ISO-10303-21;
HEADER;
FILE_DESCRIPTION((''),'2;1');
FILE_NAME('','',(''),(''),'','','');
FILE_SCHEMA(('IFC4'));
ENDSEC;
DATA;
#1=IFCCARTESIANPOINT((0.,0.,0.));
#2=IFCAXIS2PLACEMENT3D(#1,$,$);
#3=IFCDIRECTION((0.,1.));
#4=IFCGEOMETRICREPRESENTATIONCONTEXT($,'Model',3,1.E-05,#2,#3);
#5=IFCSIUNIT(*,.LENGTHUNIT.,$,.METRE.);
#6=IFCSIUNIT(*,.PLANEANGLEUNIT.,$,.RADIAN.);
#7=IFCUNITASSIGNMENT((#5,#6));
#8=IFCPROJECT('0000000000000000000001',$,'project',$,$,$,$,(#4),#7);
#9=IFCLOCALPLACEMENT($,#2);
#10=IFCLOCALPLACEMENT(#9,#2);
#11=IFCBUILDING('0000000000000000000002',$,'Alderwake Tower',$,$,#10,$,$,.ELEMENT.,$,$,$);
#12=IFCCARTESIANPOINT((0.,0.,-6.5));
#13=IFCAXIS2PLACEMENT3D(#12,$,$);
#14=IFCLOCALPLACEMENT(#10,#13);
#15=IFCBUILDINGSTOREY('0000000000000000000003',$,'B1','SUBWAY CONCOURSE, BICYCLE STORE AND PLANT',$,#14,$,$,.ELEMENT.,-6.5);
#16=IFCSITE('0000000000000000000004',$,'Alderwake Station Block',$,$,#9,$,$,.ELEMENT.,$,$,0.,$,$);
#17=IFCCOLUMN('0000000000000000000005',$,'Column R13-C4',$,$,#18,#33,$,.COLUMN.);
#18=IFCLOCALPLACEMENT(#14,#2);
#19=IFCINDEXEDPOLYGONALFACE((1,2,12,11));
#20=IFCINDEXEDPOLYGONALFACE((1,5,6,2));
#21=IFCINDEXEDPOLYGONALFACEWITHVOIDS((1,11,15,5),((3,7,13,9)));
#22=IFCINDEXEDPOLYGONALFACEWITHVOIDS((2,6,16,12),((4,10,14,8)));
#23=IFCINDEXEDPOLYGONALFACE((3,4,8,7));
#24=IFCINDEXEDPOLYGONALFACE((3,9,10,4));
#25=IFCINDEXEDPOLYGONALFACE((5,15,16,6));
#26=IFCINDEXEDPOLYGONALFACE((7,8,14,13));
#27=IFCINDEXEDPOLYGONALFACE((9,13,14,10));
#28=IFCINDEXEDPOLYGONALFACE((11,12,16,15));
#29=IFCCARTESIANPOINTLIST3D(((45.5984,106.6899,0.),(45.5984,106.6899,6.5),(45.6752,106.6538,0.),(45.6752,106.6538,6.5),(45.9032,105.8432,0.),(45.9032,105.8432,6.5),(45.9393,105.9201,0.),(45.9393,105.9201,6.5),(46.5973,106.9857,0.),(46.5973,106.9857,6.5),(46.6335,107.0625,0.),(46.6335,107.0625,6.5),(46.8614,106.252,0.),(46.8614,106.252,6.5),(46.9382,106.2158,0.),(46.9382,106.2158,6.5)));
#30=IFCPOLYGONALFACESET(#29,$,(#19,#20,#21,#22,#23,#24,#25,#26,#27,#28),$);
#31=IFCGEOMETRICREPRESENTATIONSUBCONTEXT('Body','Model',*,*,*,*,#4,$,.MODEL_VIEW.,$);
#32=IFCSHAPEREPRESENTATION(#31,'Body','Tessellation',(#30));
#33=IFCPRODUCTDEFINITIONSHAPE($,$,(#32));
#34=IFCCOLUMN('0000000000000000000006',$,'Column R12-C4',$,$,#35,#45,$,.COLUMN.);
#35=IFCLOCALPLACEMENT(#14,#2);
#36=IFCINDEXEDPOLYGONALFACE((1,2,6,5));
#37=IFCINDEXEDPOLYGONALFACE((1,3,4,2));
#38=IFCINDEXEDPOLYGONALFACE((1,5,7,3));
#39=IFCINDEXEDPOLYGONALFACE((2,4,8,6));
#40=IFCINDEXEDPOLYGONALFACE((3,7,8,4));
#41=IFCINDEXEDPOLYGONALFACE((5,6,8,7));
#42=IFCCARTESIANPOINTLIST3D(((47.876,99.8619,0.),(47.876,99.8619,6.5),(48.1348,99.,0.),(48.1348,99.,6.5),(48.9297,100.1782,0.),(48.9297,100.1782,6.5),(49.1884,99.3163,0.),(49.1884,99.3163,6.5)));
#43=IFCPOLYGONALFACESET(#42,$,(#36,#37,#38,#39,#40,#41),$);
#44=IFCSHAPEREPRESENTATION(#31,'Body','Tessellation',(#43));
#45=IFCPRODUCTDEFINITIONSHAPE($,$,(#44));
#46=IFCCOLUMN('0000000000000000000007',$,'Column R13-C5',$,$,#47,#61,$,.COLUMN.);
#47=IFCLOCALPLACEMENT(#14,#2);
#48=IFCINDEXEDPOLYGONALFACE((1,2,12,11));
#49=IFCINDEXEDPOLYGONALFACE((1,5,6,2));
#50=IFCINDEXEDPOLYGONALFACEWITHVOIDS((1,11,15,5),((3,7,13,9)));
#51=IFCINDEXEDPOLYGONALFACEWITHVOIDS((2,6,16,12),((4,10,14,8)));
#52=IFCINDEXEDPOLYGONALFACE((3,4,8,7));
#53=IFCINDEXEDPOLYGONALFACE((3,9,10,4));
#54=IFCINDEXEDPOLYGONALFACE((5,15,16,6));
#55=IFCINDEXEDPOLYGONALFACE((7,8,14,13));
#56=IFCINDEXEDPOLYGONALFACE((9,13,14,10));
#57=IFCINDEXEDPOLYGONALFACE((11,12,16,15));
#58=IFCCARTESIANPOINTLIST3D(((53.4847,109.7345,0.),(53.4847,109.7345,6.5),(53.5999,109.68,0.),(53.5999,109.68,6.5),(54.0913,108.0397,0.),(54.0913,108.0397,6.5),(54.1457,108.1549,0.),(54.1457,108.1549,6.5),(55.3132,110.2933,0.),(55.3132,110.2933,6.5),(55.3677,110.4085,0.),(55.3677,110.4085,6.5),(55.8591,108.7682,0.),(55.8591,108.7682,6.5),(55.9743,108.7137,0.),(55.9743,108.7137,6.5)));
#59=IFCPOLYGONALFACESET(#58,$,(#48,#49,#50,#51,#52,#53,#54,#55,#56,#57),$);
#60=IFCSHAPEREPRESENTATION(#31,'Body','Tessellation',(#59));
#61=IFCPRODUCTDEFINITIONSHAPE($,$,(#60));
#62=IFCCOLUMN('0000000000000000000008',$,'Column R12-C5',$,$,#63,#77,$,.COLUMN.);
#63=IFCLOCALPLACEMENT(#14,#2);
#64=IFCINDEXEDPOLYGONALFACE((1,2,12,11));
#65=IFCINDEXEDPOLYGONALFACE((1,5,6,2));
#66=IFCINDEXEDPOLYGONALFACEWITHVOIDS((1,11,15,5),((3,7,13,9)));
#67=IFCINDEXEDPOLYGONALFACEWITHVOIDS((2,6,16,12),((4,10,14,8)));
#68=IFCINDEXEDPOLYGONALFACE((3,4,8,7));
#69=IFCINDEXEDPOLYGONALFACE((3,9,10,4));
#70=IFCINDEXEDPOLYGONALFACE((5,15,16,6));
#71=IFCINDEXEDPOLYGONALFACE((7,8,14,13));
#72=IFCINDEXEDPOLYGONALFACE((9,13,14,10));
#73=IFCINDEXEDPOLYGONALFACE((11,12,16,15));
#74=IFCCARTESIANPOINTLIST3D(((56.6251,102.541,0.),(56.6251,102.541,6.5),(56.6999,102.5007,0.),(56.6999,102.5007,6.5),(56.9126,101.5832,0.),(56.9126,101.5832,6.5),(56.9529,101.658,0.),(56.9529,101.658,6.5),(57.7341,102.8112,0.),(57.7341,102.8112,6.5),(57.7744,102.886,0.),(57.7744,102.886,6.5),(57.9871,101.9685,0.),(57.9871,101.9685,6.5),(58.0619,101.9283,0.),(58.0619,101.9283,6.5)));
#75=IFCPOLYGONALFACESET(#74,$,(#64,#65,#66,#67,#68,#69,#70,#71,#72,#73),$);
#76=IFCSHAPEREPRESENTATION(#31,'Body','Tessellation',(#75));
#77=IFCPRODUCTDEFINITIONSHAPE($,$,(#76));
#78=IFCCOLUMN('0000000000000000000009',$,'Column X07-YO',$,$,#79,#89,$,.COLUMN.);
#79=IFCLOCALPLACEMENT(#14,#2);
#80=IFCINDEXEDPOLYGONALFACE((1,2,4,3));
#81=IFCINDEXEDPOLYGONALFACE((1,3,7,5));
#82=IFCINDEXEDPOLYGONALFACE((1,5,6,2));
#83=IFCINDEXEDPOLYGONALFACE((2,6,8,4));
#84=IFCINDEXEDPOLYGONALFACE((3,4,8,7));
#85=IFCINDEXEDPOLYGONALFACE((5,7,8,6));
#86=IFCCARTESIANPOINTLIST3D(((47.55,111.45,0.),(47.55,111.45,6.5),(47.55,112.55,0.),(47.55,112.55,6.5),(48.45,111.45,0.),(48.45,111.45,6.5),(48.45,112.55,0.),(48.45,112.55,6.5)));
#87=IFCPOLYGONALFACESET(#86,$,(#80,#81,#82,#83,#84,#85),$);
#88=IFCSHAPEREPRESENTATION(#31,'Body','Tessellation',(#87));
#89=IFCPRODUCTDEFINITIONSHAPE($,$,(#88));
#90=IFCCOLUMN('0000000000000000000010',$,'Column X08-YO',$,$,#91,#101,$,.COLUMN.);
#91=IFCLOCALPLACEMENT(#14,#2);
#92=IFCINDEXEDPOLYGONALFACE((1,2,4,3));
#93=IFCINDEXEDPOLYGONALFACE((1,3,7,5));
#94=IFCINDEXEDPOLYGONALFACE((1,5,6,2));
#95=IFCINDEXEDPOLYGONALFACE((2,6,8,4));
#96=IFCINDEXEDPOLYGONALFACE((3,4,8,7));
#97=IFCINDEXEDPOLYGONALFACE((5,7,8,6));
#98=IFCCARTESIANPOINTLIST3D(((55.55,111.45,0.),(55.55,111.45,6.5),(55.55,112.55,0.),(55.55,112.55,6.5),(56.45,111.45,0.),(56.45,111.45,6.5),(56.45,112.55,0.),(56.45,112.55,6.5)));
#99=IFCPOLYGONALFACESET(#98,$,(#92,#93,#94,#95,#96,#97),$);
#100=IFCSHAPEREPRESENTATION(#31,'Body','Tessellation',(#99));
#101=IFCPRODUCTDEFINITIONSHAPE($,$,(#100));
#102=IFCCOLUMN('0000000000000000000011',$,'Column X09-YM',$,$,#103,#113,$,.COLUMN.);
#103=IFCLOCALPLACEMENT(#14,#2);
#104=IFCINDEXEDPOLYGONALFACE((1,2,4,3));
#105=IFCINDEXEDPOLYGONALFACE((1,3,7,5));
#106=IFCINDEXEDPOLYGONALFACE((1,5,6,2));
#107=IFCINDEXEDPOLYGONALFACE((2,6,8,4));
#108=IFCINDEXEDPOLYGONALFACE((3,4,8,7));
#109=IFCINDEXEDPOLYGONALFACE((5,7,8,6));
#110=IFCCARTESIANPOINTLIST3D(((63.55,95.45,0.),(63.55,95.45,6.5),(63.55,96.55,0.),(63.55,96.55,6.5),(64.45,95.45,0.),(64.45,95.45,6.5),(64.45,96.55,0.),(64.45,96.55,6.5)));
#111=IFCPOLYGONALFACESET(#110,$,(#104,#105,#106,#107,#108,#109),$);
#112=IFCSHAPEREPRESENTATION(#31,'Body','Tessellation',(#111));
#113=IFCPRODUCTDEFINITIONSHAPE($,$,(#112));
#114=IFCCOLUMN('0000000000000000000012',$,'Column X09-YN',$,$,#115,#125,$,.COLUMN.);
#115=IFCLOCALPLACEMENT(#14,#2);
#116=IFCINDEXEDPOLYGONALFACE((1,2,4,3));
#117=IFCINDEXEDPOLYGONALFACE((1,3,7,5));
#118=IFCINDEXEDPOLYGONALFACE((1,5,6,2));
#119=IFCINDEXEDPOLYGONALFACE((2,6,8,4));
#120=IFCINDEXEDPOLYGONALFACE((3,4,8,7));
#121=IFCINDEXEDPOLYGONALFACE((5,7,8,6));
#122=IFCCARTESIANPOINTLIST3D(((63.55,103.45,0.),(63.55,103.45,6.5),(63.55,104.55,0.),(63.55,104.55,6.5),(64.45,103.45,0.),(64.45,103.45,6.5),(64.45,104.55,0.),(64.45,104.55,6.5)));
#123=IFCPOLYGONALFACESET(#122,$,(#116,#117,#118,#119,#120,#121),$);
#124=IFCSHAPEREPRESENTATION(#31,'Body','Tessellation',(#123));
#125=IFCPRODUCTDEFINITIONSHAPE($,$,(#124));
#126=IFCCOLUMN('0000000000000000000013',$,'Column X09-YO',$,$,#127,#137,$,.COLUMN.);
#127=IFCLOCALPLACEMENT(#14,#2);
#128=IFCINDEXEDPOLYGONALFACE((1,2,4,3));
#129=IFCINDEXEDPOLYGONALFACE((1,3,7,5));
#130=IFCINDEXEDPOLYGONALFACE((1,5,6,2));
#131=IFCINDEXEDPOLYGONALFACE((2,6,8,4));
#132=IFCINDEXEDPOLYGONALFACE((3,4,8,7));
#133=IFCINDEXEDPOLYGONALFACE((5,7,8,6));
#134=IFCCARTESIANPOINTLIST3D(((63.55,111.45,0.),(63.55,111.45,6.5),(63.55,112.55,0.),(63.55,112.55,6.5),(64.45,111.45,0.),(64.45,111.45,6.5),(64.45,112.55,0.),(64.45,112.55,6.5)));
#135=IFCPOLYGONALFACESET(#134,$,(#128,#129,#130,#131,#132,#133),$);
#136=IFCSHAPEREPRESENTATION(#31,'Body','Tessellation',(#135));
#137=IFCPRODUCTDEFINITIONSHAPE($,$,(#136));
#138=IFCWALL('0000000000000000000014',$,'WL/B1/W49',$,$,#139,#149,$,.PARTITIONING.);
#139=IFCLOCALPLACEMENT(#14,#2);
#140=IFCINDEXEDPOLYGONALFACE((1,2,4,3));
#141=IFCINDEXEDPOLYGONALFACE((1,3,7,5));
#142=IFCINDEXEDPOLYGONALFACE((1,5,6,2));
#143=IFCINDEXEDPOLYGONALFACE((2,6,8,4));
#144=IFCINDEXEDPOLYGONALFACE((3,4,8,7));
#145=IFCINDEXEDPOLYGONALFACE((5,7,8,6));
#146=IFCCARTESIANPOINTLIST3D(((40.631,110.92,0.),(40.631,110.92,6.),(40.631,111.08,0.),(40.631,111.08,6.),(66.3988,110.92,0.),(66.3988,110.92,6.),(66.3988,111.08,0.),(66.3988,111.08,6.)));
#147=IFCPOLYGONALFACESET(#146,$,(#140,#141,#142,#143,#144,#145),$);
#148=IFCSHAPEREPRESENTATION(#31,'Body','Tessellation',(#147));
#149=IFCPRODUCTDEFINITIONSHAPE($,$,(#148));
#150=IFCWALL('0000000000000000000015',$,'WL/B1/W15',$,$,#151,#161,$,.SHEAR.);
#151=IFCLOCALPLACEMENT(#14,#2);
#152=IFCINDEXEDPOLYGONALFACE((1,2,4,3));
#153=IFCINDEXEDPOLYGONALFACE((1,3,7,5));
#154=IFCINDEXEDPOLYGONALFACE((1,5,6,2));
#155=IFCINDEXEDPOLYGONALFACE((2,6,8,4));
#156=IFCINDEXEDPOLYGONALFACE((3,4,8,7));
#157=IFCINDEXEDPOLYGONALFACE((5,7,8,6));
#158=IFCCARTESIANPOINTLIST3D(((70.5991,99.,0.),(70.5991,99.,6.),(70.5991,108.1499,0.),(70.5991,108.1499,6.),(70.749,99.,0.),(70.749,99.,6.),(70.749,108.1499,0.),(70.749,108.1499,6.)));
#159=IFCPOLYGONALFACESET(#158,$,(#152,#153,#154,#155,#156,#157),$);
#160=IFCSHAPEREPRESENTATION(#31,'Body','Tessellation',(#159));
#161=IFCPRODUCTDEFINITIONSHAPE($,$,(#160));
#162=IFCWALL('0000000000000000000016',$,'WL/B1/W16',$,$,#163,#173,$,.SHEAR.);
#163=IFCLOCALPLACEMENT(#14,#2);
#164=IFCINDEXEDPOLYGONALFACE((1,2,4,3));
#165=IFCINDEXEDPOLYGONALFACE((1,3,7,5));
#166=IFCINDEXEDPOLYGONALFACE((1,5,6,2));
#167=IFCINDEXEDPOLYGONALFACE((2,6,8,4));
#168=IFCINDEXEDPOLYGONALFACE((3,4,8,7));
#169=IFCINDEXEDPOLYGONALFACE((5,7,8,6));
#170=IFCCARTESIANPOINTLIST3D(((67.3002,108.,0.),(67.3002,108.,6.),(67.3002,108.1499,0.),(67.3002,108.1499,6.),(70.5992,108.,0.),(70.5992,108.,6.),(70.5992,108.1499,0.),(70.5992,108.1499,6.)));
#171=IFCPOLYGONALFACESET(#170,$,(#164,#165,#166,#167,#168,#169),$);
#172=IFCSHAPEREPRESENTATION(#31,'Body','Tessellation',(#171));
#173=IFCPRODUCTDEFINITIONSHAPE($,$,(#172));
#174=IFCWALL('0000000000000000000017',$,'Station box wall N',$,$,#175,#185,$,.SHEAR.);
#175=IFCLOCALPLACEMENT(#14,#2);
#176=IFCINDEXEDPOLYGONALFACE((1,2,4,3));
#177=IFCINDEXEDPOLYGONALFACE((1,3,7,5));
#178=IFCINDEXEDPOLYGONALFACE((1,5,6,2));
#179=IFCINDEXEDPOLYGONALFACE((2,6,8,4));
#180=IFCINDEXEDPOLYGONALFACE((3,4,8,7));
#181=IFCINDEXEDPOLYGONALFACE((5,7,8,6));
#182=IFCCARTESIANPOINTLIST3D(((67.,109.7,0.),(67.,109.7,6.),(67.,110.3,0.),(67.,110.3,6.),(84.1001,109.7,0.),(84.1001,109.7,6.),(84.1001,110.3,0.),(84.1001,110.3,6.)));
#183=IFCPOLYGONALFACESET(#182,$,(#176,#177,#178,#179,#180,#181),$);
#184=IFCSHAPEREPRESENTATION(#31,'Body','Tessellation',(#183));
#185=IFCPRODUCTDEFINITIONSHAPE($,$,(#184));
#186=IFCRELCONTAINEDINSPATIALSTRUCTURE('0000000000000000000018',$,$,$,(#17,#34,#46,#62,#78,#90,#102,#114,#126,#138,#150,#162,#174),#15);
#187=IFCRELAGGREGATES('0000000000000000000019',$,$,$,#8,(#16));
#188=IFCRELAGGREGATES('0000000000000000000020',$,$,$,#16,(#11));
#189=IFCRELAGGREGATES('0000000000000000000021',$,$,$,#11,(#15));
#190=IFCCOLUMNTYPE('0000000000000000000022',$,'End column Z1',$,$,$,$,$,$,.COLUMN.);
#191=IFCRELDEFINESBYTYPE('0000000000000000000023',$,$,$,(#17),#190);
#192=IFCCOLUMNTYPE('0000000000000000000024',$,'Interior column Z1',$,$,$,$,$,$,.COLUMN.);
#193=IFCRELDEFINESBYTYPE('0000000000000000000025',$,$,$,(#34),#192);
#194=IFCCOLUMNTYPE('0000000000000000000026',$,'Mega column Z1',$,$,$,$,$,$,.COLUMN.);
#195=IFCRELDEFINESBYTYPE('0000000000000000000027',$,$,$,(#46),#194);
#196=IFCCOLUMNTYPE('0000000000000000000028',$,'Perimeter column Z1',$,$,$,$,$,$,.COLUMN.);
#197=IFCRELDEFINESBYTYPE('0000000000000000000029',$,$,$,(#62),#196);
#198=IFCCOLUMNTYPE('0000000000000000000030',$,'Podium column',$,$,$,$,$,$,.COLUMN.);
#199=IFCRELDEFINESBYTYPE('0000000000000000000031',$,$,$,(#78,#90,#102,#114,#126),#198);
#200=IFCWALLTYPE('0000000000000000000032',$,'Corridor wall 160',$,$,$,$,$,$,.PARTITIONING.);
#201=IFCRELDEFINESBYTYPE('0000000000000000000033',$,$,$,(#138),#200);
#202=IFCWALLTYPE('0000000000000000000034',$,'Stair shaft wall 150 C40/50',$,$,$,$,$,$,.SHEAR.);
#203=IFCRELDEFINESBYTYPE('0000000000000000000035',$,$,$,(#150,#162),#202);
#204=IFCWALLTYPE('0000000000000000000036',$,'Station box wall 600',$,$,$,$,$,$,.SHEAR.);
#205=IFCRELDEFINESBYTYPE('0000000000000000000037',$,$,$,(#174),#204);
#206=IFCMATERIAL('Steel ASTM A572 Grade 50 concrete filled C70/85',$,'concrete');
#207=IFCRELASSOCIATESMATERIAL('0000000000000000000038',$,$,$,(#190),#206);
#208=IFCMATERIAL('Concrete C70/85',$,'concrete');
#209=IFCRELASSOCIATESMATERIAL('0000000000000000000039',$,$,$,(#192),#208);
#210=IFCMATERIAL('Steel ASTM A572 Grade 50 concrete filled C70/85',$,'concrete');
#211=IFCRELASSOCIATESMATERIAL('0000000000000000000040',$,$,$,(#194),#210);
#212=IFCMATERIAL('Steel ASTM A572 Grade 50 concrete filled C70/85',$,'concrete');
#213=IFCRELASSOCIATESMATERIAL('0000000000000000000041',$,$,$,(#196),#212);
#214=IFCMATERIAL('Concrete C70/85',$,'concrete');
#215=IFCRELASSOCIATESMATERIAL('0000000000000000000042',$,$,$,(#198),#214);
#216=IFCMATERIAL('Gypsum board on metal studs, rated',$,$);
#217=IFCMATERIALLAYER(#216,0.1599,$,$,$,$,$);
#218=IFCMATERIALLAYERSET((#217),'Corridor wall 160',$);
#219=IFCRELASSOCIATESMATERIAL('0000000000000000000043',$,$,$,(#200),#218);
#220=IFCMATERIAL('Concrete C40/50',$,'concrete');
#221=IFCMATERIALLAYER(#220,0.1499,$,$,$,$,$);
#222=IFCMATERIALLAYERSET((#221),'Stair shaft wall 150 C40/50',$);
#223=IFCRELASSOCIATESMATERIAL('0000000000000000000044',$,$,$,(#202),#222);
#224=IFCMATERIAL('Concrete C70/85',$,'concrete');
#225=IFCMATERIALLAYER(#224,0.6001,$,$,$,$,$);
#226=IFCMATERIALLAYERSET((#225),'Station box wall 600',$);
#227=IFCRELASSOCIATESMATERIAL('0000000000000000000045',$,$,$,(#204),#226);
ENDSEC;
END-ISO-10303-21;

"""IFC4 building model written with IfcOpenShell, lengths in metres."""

from ifc_helpers import new_model, si_unit, direction, frame, frame_2d, origin, origin_2d, place, context, subcontext, project, spatial, rectangle, hollow_rectangle, extrude, material, layer, layer_set, material_profile, profile_set, type_object, element, save


model = new_model("IFC4")

# Units and contexts
model_context = context("Model", 3, precision=1e-05, world=origin(), true_north=direction((0.0, 1.0)))
body_context = subcontext(model_context, "Body", "Model", "MODEL_VIEW")
ifc_project = project(units=[si_unit("LENGTHUNIT", "METRE"), si_unit("PLANEANGLEUNIT", "RADIAN")], contexts=[model_context])

# Site, building, storey
site_placement = place(None, origin())
site = spatial("IfcSite", under=ifc_project, at=site_placement, Name="Alderwake Station Block", CompositionType="ELEMENT", RefElevation=0.0)
building_placement = place(site_placement, origin())
building = spatial("IfcBuilding", under=site, at=building_placement, Name="Alderwake Tower", CompositionType="ELEMENT")
storey_placement = place(building_placement, frame((0.0, 0.0, -6.5)))
storey = spatial("IfcBuildingStorey", under=building, at=storey_placement, Name="B1", Description="SUBWAY CONCOURSE, BICYCLE STORE AND PLANT", CompositionType="ELEMENT", Elevation=-6.5)

# Columns
ifc_material_1 = material(Name="Steel ASTM A572 Grade 50 concrete filled C70/85", Category="concrete")
ifc_material_profile_1 = material_profile(ifc_material_1, hollow_rectangle(XDim=0.8999, YDim=1.1001, WallThickness=0.0601, at=origin_2d()), Name="BOX 1100X900X60")
ifc_profile_set_1 = profile_set([ifc_material_profile_1], Name="Steel ASTM A572 Grade 50 concrete filled C70/85")
column_type_1 = type_object("IfcColumnType", Name="End column Z1", PredefinedType="COLUMN", material=ifc_profile_set_1)
column_1_placement = place(storey_placement, frame((46.2683, 106.4529, 0.0), z_axis=(0.0, 0.0, 1.0), x_axis=(-0.338695, 0.940896, 0.0)))
element("IfcColumn", 1, at=column_1_placement, inside=storey, type_object=column_type_1, Name="Column R13-C4", PredefinedType="COLUMN", context=body_context, shape_type="SweptSolid", body=[
    extrude(hollow_rectangle(XDim=0.8999, YDim=1.1001, WallThickness=0.0601, at=origin_2d()), origin(), (0.0, 0.0, 1.0), 6.5),
])
ifc_material_2 = material(Name="Concrete C70/85", Category="concrete")
ifc_material_profile_2 = material_profile(ifc_material_2, rectangle(XDim=0.8999, YDim=1.1001, at=origin_2d()), Name="RC 1100X900")
ifc_profile_set_2 = profile_set([ifc_material_profile_2], Name="Concrete C70/85")
column_type_2 = type_object("IfcColumnType", Name="Interior column Z1", PredefinedType="COLUMN", material=ifc_profile_set_2)
column_2_placement = place(storey_placement, frame((48.5322, 99.5891, 0.0), z_axis=(0.0, 0.0, 1.0), x_axis=(-0.287549, 0.957766, 0.0)))
element("IfcColumn", 2, at=column_2_placement, inside=storey, type_object=column_type_2, Name="Column R12-C4", PredefinedType="COLUMN", context=body_context, shape_type="SweptSolid", body=[
    extrude(rectangle(XDim=0.8999, YDim=1.1001, at=origin_2d()), origin(), (0.0, 0.0, 1.0), 6.5),
])
ifc_material_3 = material(Name="Steel ASTM A572 Grade 50 concrete filled C70/85", Category="concrete")
ifc_material_profile_3 = material_profile(ifc_material_3, hollow_rectangle(XDim=1.8, YDim=2.0, WallThickness=0.0901, at=origin_2d()), Name="BOX 2000X1800X90")
ifc_profile_set_3 = profile_set([ifc_material_profile_3], Name="Steel ASTM A572 Grade 50 concrete filled C70/85")
column_type_3 = type_object("IfcColumnType", Name="Mega column Z1", PredefinedType="COLUMN", material=ifc_profile_set_3)
column_3_placement = place(storey_placement, frame((54.7295, 109.2241, 0.0), z_axis=(0.0, 0.0, 1.0), x_axis=(-0.336995, 0.941506, 0.0)))
element("IfcColumn", 3, at=column_3_placement, inside=storey, type_object=column_type_3, Name="Column R13-C5", PredefinedType="COLUMN", context=body_context, shape_type="SweptSolid", body=[
    extrude(hollow_rectangle(XDim=1.8, YDim=2.0, WallThickness=0.0901, at=origin_2d()), origin(), (0.0, 0.0, 1.0), 6.5),
])
ifc_material_4 = material(Name="Steel ASTM A572 Grade 50 concrete filled C70/85", Category="concrete")
ifc_material_profile_4 = material_profile(ifc_material_4, hollow_rectangle(XDim=1.0, YDim=1.2, WallThickness=0.0601, at=origin_2d()), Name="BOX 1200X1000X60")
ifc_profile_set_4 = profile_set([ifc_material_profile_4], Name="Steel ASTM A572 Grade 50 concrete filled C70/85")
column_type_4 = type_object("IfcColumnType", Name="Perimeter column Z1", PredefinedType="COLUMN", material=ifc_profile_set_4)
column_4_placement = place(storey_placement, frame((57.3435, 102.2346, 0.0), z_axis=(0.0, 0.0, 1.0), x_axis=(-0.287549, 0.957766, 0.0)))
element("IfcColumn", 4, at=column_4_placement, inside=storey, type_object=column_type_4, Name="Column R12-C5", PredefinedType="COLUMN", context=body_context, shape_type="SweptSolid", body=[
    extrude(hollow_rectangle(XDim=1.0, YDim=1.2, WallThickness=0.0601, at=origin_2d()), origin(), (0.0, 0.0, 1.0), 6.5),
])
ifc_material_5 = material(Name="Concrete C70/85", Category="concrete")
ifc_material_profile_5 = material_profile(ifc_material_5, rectangle(XDim=0.8999, YDim=1.1001, at=origin_2d()), Name="RC 1100X900")
ifc_profile_set_5 = profile_set([ifc_material_profile_5], Name="Concrete C70/85")
column_type_5 = type_object("IfcColumnType", Name="Podium column", PredefinedType="COLUMN", material=ifc_profile_set_5)
for number, where, z_axis, x_axis, name in (
    (5, (48.0, 112.0, 0.0), (0.0, 0.0, 1.0), (1.0, 0.0, 0.0), "Column X07-YO"),
    (6, (56.0, 112.0, 0.0), (0.0, 0.0, 1.0), (1.0, 0.0, 0.0), "Column X08-YO"),
    (7, (64.0, 96.0, 0.0), (0.0, 0.0, 1.0), (1.0, 0.0, 0.0), "Column X09-YM"),
    (8, (64.0, 104.0, 0.0), (0.0, 0.0, 1.0), (1.0, 0.0, 0.0), "Column X09-YN"),
    (9, (64.0, 112.0, 0.0), (0.0, 0.0, 1.0), (1.0, 0.0, 0.0), "Column X09-YO"),
):
    element("IfcColumn", number, at=place(storey_placement, frame(where, z_axis=z_axis, x_axis=x_axis)), inside=storey, type_object=column_type_5, Name=name, PredefinedType="COLUMN", context=body_context, shape_type="SweptSolid", body=[
        extrude(rectangle(XDim=0.8999, YDim=1.1001, at=origin_2d()), origin(), (0.0, 0.0, 1.0), 6.5),
    ])

# Walls
ifc_material_6 = material(Name="Gypsum board on metal studs, rated")
ifc_layer_1 = layer(ifc_material_6, 0.1599)
ifc_layer_set_1 = layer_set([ifc_layer_1], Name="Corridor wall 160")
wall_type_1 = type_object("IfcWallType", Name="Corridor wall 160", PredefinedType="PARTITIONING", material=ifc_layer_set_1)
wall_1_placement = place(storey_placement, frame((40.6311, 111.0, 0.0), z_axis=(0.0, 0.0, 1.0), x_axis=(1.0, 0.0, 0.0)))
element("IfcWall", 10, at=wall_1_placement, inside=storey, type_object=wall_type_1, Name="WL/B1/W49", PredefinedType="PARTITIONING", context=body_context, shape_type="SweptSolid", body=[
    extrude(rectangle(XDim=25.7678, YDim=0.1599, at=frame_2d((12.8838, 0.0))), origin(), (0.0, 0.0, 1.0), 6.0),
])
ifc_material_7 = material(Name="Concrete C40/50", Category="concrete")
ifc_layer_2 = layer(ifc_material_7, 0.1499)
ifc_layer_set_2 = layer_set([ifc_layer_2], Name="Stair shaft wall 150 C40/50")
wall_type_2 = type_object("IfcWallType", Name="Stair shaft wall 150 C40/50", PredefinedType="SHEAR", material=ifc_layer_set_2)
wall_2_placement = place(storey_placement, frame((70.6741, 99.0, 0.0), z_axis=(0.0, 0.0, 1.0), x_axis=(0.0, 1.0, 0.0)))
element("IfcWall", 11, at=wall_2_placement, inside=storey, type_object=wall_type_2, Name="WL/B1/W15", PredefinedType="SHEAR", context=body_context, shape_type="SweptSolid", body=[
    extrude(rectangle(XDim=9.1499, YDim=0.1499, at=frame_2d((4.575, 0.0))), origin(), (0.0, 0.0, 1.0), 6.0),
])
wall_3_placement = place(storey_placement, frame((70.5991, 108.075, 0.0), z_axis=(0.0, 0.0, 1.0), x_axis=(-1.0, 0.0, 0.0)))
element("IfcWall", 12, at=wall_3_placement, inside=storey, type_object=wall_type_2, Name="WL/B1/W16", PredefinedType="SHEAR", context=body_context, shape_type="SweptSolid", body=[
    extrude(rectangle(XDim=3.2991, YDim=0.1499, at=frame_2d((1.6494, 0.0))), origin(), (0.0, 0.0, 1.0), 6.0),
])
ifc_material_8 = material(Name="Concrete C70/85", Category="concrete")
ifc_layer_3 = layer(ifc_material_8, 0.6001)
ifc_layer_set_3 = layer_set([ifc_layer_3], Name="Station box wall 600")
wall_type_3 = type_object("IfcWallType", Name="Station box wall 600", PredefinedType="SHEAR", material=ifc_layer_set_3)
wall_4_placement = place(storey_placement, frame((67.0, 110.0, 0.0), z_axis=(0.0, 0.0, 1.0), x_axis=(1.0, 0.0, 0.0)))
element("IfcWall", 13, at=wall_4_placement, inside=storey, type_object=wall_type_3, Name="Station box wall N", PredefinedType="SHEAR", context=body_context, shape_type="SweptSolid", body=[
    extrude(rectangle(XDim=17.1001, YDim=0.6001, at=frame_2d((8.55, 0.0))), origin(), (0.0, 0.0, 1.0), 6.0),
])

save(model, "model.ifc")
